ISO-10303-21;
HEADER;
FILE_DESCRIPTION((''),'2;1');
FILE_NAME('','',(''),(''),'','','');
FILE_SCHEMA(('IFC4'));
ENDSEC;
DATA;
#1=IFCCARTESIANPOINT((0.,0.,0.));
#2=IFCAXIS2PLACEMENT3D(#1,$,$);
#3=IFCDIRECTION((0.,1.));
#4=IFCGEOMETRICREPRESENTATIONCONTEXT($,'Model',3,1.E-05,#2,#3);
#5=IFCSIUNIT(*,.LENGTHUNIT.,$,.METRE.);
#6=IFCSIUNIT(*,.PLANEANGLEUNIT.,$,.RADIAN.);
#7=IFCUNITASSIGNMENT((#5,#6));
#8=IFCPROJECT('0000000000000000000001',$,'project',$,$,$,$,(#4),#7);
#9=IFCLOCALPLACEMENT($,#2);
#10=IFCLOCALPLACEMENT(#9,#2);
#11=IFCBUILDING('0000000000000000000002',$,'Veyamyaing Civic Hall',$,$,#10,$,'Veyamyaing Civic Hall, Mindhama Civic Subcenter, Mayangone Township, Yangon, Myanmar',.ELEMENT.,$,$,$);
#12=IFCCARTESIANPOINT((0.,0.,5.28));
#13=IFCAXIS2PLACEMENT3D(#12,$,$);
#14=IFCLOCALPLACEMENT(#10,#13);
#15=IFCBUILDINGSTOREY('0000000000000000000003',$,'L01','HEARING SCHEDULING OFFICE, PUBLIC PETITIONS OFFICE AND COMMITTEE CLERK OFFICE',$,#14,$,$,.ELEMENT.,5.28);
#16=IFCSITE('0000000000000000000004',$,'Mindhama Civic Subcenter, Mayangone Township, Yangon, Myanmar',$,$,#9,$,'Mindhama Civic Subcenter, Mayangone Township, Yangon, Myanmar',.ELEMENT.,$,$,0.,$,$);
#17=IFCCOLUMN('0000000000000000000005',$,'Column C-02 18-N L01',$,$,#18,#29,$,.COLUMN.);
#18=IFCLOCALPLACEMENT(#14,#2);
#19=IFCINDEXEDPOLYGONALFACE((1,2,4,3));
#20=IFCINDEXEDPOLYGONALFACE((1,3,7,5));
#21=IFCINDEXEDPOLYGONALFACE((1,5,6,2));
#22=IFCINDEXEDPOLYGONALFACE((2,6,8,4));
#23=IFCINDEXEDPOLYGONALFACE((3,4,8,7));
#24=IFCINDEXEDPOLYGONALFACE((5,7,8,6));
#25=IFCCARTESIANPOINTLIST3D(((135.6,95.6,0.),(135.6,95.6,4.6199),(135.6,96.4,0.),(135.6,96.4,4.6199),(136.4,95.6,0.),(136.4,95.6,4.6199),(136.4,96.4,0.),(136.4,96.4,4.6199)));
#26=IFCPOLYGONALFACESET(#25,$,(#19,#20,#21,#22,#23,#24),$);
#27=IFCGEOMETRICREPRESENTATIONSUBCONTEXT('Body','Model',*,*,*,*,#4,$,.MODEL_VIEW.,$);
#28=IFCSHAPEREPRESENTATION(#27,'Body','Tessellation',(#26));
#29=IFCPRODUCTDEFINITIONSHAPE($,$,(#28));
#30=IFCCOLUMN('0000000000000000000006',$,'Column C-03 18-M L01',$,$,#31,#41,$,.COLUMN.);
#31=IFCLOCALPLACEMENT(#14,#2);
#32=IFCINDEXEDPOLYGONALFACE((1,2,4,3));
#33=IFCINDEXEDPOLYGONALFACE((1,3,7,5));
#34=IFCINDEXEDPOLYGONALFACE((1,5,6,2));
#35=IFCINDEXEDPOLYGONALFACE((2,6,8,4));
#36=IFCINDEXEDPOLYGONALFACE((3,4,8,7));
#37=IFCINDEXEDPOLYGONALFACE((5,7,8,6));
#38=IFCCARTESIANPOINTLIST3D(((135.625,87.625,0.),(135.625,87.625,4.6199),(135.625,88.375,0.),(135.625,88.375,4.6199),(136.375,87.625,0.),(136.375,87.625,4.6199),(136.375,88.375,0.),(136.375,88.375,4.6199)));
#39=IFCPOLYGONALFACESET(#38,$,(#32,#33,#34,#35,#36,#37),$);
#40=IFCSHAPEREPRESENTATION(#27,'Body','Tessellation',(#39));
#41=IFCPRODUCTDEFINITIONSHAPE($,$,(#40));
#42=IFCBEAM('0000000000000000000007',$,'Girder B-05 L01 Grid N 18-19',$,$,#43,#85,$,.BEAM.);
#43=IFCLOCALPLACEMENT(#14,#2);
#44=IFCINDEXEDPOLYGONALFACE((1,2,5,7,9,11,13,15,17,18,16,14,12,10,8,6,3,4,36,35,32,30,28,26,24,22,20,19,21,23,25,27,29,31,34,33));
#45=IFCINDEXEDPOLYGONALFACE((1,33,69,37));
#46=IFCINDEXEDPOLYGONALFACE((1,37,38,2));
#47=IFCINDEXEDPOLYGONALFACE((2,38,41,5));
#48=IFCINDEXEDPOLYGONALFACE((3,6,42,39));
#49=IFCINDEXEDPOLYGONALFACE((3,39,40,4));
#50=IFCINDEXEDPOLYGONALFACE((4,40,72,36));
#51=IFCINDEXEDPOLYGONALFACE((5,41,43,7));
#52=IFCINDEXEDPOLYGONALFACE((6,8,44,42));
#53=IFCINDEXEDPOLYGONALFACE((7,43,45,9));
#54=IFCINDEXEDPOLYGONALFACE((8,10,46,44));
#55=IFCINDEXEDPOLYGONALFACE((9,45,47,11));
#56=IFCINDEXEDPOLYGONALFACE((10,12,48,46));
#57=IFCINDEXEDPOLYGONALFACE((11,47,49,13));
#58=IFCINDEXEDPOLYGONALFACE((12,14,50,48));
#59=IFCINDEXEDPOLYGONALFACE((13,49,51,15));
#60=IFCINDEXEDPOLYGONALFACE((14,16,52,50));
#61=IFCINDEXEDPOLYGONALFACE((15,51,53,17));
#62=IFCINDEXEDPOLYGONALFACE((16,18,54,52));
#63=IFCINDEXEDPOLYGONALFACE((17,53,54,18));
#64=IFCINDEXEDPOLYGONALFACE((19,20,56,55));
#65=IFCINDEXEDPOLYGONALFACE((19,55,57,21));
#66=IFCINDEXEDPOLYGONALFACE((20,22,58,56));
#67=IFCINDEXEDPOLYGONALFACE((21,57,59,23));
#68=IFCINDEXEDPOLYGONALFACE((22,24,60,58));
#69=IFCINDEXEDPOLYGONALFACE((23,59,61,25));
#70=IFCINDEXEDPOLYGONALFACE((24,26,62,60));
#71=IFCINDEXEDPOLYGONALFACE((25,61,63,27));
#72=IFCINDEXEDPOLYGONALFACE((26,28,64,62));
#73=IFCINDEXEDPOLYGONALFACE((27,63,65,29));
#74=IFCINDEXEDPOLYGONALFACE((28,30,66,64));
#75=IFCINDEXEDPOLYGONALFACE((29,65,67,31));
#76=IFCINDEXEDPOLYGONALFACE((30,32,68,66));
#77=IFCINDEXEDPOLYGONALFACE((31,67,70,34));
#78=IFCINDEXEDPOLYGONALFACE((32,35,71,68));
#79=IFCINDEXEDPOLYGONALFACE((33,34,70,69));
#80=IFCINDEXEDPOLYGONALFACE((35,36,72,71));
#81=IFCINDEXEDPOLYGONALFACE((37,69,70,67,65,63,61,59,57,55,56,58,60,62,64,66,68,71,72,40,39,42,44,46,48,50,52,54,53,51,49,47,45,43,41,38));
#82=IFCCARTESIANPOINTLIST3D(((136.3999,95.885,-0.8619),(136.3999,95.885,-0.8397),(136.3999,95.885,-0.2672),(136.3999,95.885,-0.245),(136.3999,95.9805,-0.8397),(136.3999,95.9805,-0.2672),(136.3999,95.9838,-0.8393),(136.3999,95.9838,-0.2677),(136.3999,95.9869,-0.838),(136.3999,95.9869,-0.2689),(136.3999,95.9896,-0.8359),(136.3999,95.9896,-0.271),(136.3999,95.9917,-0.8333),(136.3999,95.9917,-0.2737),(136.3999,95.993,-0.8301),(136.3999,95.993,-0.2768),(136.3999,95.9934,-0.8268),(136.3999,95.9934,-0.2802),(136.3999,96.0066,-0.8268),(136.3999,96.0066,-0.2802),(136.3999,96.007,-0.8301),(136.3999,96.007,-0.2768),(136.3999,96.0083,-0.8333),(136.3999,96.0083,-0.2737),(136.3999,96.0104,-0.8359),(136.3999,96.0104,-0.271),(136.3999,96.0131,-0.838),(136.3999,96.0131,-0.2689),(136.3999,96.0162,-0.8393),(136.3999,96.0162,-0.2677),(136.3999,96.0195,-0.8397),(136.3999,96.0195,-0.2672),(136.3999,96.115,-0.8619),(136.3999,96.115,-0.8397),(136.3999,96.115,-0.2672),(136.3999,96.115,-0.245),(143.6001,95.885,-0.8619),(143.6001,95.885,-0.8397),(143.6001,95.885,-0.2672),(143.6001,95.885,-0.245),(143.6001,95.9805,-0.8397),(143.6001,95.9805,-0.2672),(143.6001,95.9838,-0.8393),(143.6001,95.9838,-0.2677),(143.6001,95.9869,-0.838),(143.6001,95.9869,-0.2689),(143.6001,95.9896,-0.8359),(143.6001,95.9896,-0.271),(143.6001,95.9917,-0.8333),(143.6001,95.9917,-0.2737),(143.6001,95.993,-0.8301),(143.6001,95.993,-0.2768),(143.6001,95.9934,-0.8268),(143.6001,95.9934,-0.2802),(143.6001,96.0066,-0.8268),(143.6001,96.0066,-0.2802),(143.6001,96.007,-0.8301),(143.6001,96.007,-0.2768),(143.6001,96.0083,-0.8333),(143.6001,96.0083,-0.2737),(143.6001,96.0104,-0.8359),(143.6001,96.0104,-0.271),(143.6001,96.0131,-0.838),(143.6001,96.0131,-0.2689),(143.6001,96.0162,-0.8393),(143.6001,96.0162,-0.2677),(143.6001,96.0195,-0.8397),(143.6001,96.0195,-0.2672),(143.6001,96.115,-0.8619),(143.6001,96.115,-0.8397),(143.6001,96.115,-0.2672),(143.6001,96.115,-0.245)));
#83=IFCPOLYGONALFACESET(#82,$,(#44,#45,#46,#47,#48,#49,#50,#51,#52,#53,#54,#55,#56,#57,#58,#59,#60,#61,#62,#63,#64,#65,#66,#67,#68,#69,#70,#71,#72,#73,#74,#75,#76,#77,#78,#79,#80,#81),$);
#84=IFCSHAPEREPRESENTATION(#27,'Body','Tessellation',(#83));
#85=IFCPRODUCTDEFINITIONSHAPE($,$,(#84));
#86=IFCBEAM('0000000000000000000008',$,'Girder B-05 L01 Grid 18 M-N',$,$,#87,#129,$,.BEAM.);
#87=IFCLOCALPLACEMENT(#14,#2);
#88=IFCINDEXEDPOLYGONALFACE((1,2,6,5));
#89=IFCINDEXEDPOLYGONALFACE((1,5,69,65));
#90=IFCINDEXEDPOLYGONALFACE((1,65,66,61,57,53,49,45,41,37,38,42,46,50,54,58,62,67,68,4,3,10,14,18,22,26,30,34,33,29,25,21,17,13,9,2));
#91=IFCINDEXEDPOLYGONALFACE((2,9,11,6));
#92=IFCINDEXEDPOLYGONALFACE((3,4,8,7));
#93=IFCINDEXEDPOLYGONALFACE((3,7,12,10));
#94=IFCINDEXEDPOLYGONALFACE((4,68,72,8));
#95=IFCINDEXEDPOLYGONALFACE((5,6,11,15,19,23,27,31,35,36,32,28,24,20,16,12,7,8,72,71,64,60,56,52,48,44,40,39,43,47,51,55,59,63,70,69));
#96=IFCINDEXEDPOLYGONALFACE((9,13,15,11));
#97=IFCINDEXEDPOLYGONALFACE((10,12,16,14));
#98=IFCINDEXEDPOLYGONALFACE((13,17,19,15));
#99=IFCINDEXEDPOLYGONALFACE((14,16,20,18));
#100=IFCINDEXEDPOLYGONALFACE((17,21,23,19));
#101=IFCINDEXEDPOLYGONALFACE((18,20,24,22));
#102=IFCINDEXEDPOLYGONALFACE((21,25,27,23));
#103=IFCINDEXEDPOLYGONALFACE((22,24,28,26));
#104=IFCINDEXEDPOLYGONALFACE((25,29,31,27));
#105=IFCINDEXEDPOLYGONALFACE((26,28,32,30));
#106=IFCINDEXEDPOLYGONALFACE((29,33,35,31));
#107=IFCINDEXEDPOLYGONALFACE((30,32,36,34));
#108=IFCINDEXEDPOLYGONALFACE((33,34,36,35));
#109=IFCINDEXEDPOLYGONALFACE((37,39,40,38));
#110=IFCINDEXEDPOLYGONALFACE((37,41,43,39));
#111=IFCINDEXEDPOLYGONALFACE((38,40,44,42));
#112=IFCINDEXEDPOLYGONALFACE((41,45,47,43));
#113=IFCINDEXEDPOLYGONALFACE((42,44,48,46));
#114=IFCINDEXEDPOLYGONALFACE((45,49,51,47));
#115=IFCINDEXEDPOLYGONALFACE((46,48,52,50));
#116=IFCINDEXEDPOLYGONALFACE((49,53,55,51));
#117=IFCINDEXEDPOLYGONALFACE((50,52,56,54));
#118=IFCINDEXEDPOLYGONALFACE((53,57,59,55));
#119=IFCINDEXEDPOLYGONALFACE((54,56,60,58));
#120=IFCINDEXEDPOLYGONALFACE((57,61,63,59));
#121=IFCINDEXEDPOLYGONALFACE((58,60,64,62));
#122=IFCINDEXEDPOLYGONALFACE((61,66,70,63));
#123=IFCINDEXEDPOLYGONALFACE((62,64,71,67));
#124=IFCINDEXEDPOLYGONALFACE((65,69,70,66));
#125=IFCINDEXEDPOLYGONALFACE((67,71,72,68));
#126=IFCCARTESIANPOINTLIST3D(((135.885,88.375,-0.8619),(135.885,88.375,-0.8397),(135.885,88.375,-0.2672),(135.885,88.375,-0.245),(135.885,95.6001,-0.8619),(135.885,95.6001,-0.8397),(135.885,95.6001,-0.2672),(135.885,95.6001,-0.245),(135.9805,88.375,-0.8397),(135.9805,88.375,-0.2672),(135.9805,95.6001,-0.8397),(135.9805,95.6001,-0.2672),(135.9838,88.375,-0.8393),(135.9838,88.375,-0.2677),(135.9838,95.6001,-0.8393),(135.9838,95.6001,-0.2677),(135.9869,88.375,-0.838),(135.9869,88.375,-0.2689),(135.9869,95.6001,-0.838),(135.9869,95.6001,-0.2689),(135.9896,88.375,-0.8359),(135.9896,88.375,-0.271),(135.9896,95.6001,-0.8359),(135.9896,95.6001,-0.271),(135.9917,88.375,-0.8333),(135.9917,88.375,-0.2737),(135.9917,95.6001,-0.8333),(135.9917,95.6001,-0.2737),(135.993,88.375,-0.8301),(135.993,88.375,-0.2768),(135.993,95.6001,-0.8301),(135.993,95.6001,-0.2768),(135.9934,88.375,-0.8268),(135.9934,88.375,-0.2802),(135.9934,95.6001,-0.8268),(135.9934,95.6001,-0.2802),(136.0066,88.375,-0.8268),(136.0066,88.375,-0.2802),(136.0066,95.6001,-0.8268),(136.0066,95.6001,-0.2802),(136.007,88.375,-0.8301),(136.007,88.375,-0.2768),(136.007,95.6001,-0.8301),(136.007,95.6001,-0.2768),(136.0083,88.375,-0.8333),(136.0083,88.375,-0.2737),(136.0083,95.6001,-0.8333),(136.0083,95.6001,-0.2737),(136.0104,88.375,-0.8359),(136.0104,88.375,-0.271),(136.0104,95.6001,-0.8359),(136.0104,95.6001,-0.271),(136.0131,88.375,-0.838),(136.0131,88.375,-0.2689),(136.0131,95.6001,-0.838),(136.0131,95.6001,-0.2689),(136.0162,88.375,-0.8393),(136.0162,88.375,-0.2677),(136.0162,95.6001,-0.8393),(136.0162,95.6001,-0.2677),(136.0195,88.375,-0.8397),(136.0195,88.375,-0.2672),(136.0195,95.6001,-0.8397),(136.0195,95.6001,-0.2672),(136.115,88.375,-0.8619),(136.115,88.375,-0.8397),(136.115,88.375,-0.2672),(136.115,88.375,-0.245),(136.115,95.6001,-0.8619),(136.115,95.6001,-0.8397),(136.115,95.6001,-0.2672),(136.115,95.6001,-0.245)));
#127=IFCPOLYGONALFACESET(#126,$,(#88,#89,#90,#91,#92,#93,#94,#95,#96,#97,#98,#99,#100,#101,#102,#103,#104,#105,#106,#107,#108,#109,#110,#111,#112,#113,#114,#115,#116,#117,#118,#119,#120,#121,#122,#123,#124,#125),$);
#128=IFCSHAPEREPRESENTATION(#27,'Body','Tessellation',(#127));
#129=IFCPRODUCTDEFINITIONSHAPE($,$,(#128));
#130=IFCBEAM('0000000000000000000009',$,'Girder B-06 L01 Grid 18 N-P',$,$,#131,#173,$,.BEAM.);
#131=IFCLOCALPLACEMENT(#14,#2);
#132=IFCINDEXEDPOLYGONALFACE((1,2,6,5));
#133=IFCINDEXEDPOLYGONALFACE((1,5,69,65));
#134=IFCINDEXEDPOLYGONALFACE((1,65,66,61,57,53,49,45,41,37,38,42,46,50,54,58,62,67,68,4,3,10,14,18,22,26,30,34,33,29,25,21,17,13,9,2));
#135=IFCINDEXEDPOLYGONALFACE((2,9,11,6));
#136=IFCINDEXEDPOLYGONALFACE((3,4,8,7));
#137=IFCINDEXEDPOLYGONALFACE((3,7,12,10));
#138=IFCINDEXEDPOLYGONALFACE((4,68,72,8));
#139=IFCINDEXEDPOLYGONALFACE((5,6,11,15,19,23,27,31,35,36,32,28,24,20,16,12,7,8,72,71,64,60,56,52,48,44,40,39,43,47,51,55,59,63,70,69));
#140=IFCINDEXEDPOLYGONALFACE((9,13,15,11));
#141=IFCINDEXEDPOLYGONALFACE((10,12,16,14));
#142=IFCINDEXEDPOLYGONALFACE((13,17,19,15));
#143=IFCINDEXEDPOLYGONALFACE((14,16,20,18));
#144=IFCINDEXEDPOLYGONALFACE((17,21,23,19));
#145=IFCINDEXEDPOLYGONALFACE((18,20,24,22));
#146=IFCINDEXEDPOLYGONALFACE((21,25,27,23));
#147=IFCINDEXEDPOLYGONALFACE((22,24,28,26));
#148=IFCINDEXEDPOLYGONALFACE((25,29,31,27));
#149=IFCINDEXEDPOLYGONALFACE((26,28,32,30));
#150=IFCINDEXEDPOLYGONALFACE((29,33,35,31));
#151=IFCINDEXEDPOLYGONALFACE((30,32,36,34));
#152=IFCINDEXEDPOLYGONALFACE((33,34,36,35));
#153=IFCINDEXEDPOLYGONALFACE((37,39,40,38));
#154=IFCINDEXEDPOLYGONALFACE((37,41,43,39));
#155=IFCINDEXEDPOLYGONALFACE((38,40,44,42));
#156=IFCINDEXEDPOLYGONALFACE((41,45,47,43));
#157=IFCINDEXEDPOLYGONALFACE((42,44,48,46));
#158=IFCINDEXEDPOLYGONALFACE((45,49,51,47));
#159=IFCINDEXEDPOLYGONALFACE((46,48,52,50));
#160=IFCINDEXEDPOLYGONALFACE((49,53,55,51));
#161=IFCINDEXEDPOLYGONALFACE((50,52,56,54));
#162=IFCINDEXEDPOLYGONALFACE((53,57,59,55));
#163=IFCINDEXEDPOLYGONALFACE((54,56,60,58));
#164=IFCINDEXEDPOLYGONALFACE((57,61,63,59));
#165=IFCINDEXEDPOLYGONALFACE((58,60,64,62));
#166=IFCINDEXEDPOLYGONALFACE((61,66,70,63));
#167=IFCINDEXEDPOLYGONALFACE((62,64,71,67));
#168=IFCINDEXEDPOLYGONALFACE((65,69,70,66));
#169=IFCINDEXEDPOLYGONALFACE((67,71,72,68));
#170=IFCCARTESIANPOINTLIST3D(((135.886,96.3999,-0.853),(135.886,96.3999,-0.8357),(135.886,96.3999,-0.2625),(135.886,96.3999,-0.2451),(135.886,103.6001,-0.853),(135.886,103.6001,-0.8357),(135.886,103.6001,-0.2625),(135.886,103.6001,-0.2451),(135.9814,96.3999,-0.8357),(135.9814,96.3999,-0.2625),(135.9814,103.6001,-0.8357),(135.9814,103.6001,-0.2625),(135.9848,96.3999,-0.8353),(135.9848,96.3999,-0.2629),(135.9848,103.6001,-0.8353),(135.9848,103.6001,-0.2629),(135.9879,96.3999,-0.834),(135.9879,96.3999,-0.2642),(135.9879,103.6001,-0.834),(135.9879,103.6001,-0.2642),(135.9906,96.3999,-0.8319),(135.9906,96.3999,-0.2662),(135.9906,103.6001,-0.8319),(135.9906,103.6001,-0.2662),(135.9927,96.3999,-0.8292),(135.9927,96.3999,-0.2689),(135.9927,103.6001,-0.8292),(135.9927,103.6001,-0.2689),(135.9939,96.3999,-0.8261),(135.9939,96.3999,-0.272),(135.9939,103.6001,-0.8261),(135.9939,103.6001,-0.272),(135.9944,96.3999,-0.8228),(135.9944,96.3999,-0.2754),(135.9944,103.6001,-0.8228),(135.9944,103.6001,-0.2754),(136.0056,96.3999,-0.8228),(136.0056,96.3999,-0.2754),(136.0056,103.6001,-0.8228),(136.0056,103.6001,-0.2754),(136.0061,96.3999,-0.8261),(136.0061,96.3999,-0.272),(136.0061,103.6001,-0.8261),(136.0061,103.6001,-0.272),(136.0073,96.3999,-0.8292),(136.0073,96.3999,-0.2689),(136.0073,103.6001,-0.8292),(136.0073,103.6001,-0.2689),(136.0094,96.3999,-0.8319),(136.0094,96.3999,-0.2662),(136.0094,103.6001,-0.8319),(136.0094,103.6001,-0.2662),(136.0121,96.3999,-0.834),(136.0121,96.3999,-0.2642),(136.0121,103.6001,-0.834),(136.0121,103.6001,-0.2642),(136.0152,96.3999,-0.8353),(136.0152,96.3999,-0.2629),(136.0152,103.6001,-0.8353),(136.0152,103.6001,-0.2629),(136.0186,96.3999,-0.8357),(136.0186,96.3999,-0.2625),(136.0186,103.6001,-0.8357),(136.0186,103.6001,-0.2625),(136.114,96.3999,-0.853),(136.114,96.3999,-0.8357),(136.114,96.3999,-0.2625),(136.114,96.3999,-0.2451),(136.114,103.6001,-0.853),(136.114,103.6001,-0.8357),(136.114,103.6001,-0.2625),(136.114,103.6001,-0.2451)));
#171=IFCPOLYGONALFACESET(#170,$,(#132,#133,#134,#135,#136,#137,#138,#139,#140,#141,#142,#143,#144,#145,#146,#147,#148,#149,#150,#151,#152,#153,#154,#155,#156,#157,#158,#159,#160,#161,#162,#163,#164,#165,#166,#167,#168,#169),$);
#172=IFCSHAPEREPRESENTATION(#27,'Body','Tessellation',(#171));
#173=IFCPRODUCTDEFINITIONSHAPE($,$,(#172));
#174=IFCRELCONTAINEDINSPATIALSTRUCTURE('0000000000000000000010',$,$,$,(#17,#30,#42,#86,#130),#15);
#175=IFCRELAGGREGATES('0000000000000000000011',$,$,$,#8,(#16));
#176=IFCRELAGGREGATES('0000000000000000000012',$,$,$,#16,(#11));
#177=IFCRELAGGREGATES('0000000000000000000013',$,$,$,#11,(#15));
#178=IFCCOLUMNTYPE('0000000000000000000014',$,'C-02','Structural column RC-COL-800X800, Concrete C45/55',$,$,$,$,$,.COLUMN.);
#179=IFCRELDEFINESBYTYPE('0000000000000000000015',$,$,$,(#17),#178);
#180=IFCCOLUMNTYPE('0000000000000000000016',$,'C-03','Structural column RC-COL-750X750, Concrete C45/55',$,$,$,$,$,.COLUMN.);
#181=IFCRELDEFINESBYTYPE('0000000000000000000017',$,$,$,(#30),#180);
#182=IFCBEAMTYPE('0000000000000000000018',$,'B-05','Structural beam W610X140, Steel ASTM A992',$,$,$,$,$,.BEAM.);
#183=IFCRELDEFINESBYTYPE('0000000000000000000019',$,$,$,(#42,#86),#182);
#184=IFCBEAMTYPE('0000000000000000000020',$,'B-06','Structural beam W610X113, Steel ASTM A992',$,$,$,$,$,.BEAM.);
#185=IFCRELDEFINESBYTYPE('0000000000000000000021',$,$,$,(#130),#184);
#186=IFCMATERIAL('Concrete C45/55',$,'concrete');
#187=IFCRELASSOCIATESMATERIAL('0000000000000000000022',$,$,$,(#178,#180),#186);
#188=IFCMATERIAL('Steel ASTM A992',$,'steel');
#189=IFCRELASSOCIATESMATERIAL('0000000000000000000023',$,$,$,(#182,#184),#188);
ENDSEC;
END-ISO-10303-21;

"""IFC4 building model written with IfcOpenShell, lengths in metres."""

from ifc_helpers import new_model, si_unit, direction, frame, origin, origin_2d, place, context, subcontext, project, spatial, rectangle, i_section, extrude, material, material_profile, profile_set, type_object, element, save


model = new_model("IFC4")

# Units and contexts
model_context = context("Model", 3, precision=1e-05, world=origin(), true_north=direction((0.0, 1.0)))
body_context = subcontext(model_context, "Body", "Model", "MODEL_VIEW")
ifc_project = project(units=[si_unit("LENGTHUNIT", "METRE"), si_unit("PLANEANGLEUNIT", "RADIAN")], contexts=[model_context])

# Site, building, storey
site_placement = place(None, origin())
site = spatial("IfcSite", under=ifc_project, at=site_placement, Name="Mindhama Civic Subcenter, Mayangone Township, Yangon, Myanmar", LongName="Mindhama Civic Subcenter, Mayangone Township, Yangon, Myanmar", CompositionType="ELEMENT", RefElevation=0.0)
building_placement = place(site_placement, origin())
building = spatial("IfcBuilding", under=site, at=building_placement, Name="Veyamyaing Civic Hall", LongName="Veyamyaing Civic Hall, Mindhama Civic Subcenter, Mayangone Township, Yangon, Myanmar", CompositionType="ELEMENT")
storey_placement = place(building_placement, frame((0.0, 0.0, 5.28)))
storey = spatial("IfcBuildingStorey", under=building, at=storey_placement, Name="L01", Description="HEARING SCHEDULING OFFICE, PUBLIC PETITIONS OFFICE AND COMMITTEE CLERK OFFICE", CompositionType="ELEMENT", Elevation=5.28)

# Columns
ifc_material_1 = material(Name="Concrete C45/55", Category="concrete")
ifc_material_profile_1 = material_profile(ifc_material_1, rectangle(XDim=0.8, YDim=0.8, at=origin_2d()), Name="RC-COL-800X800")
ifc_profile_set_1 = profile_set([ifc_material_profile_1], Name="Concrete C45/55")
column_type_1 = type_object("IfcColumnType", Name="C-02", Description="Structural column RC-COL-800X800, Concrete C45/55", PredefinedType="COLUMN", material=ifc_profile_set_1)
column_1_placement = place(storey_placement, frame((136.0, 96.0, 0.0), z_axis=(0.0, 0.0, 1.0), x_axis=(1.0, 0.0, 0.0)))
element("IfcColumn", 1, at=column_1_placement, inside=storey, type_object=column_type_1, Name="Column C-02 18-N L01", PredefinedType="COLUMN", context=body_context, shape_type="SweptSolid", body=[
    extrude(rectangle(XDim=0.8, YDim=0.8, at=origin_2d()), origin(), (0.0, 0.0, 1.0), 4.6199),
])
ifc_material_profile_2 = material_profile(ifc_material_1, rectangle(XDim=0.75, YDim=0.75, at=origin_2d()), Name="RC-COL-750X750")
ifc_profile_set_2 = profile_set([ifc_material_profile_2], Name="Concrete C45/55")
column_type_2 = type_object("IfcColumnType", Name="C-03", Description="Structural column RC-COL-750X750, Concrete C45/55", PredefinedType="COLUMN", material=ifc_profile_set_2)
column_2_placement = place(storey_placement, frame((136.0, 88.0, 0.0), z_axis=(0.0, 0.0, 1.0), x_axis=(1.0, 0.0, 0.0)))
element("IfcColumn", 2, at=column_2_placement, inside=storey, type_object=column_type_2, Name="Column C-03 18-M L01", PredefinedType="COLUMN", context=body_context, shape_type="SweptSolid", body=[
    extrude(rectangle(XDim=0.75, YDim=0.75, at=origin_2d()), origin(), (0.0, 0.0, 1.0), 4.6199),
])

# Beams
ifc_material_2 = material(Name="Steel ASTM A992", Category="steel")
ifc_material_profile_3 = material_profile(ifc_material_2, i_section(OverallWidth=0.23, OverallDepth=0.6169, WebThickness=0.0132, FlangeThickness=0.0222, FilletRadius=0.0129, at=origin_2d()), Name="W610X140")
ifc_profile_set_3 = profile_set([ifc_material_profile_3], Name="Steel ASTM A992")
beam_type_1 = type_object("IfcBeamType", Name="B-05", Description="Structural beam W610X140, Steel ASTM A992", PredefinedType="BEAM", material=ifc_profile_set_3)
beam_1_placement = place(storey_placement, frame((136.3999, 96.0, -0.5535), z_axis=(1.0, 0.0, 0.0), x_axis=(0.0, 1.0, 0.0)))
element("IfcBeam", 3, at=beam_1_placement, inside=storey, type_object=beam_type_1, Name="Girder B-05 L01 Grid N 18-19", PredefinedType="BEAM", context=body_context, shape_type="SweptSolid", body=[
    extrude(i_section(OverallWidth=0.23, OverallDepth=0.6169, WebThickness=0.0132, FlangeThickness=0.0222, FilletRadius=0.0129, at=origin_2d()), origin(), (0.0, 0.0, 1.0), 7.2002),
])
beam_2_placement = place(storey_placement, frame((136.0, 88.375, -0.5535), z_axis=(0.0, 1.0, 0.0), x_axis=(-1.0, 0.0, 0.0)))
element("IfcBeam", 4, at=beam_2_placement, inside=storey, type_object=beam_type_1, Name="Girder B-05 L01 Grid 18 M-N", PredefinedType="BEAM", context=body_context, shape_type="SweptSolid", body=[
    extrude(i_section(OverallWidth=0.23, OverallDepth=0.6169, WebThickness=0.0132, FlangeThickness=0.0222, FilletRadius=0.0129, at=origin_2d()), origin(), (0.0, 0.0, 1.0), 7.2251),
])
ifc_material_profile_4 = material_profile(ifc_material_2, i_section(OverallWidth=0.228, OverallDepth=0.6079, WebThickness=0.0112, FlangeThickness=0.0173, FilletRadius=0.0129, at=origin_2d()), Name="W610X113")
ifc_profile_set_4 = profile_set([ifc_material_profile_4], Name="Steel ASTM A992")
beam_type_2 = type_object("IfcBeamType", Name="B-06", Description="Structural beam W610X113, Steel ASTM A992", PredefinedType="BEAM", material=ifc_profile_set_4)
beam_3_placement = place(storey_placement, frame((136.0, 96.3999, -0.5491), z_axis=(0.0, 1.0, 0.0), x_axis=(-1.0, 0.0, 0.0)))
element("IfcBeam", 5, at=beam_3_placement, inside=storey, type_object=beam_type_2, Name="Girder B-06 L01 Grid 18 N-P", PredefinedType="BEAM", context=body_context, shape_type="SweptSolid", body=[
    extrude(i_section(OverallWidth=0.228, OverallDepth=0.6079, WebThickness=0.0112, FlangeThickness=0.0173, FilletRadius=0.0129, at=origin_2d()), origin(), (0.0, 0.0, 1.0), 7.2002),
])

save(model, "model.ifc")
